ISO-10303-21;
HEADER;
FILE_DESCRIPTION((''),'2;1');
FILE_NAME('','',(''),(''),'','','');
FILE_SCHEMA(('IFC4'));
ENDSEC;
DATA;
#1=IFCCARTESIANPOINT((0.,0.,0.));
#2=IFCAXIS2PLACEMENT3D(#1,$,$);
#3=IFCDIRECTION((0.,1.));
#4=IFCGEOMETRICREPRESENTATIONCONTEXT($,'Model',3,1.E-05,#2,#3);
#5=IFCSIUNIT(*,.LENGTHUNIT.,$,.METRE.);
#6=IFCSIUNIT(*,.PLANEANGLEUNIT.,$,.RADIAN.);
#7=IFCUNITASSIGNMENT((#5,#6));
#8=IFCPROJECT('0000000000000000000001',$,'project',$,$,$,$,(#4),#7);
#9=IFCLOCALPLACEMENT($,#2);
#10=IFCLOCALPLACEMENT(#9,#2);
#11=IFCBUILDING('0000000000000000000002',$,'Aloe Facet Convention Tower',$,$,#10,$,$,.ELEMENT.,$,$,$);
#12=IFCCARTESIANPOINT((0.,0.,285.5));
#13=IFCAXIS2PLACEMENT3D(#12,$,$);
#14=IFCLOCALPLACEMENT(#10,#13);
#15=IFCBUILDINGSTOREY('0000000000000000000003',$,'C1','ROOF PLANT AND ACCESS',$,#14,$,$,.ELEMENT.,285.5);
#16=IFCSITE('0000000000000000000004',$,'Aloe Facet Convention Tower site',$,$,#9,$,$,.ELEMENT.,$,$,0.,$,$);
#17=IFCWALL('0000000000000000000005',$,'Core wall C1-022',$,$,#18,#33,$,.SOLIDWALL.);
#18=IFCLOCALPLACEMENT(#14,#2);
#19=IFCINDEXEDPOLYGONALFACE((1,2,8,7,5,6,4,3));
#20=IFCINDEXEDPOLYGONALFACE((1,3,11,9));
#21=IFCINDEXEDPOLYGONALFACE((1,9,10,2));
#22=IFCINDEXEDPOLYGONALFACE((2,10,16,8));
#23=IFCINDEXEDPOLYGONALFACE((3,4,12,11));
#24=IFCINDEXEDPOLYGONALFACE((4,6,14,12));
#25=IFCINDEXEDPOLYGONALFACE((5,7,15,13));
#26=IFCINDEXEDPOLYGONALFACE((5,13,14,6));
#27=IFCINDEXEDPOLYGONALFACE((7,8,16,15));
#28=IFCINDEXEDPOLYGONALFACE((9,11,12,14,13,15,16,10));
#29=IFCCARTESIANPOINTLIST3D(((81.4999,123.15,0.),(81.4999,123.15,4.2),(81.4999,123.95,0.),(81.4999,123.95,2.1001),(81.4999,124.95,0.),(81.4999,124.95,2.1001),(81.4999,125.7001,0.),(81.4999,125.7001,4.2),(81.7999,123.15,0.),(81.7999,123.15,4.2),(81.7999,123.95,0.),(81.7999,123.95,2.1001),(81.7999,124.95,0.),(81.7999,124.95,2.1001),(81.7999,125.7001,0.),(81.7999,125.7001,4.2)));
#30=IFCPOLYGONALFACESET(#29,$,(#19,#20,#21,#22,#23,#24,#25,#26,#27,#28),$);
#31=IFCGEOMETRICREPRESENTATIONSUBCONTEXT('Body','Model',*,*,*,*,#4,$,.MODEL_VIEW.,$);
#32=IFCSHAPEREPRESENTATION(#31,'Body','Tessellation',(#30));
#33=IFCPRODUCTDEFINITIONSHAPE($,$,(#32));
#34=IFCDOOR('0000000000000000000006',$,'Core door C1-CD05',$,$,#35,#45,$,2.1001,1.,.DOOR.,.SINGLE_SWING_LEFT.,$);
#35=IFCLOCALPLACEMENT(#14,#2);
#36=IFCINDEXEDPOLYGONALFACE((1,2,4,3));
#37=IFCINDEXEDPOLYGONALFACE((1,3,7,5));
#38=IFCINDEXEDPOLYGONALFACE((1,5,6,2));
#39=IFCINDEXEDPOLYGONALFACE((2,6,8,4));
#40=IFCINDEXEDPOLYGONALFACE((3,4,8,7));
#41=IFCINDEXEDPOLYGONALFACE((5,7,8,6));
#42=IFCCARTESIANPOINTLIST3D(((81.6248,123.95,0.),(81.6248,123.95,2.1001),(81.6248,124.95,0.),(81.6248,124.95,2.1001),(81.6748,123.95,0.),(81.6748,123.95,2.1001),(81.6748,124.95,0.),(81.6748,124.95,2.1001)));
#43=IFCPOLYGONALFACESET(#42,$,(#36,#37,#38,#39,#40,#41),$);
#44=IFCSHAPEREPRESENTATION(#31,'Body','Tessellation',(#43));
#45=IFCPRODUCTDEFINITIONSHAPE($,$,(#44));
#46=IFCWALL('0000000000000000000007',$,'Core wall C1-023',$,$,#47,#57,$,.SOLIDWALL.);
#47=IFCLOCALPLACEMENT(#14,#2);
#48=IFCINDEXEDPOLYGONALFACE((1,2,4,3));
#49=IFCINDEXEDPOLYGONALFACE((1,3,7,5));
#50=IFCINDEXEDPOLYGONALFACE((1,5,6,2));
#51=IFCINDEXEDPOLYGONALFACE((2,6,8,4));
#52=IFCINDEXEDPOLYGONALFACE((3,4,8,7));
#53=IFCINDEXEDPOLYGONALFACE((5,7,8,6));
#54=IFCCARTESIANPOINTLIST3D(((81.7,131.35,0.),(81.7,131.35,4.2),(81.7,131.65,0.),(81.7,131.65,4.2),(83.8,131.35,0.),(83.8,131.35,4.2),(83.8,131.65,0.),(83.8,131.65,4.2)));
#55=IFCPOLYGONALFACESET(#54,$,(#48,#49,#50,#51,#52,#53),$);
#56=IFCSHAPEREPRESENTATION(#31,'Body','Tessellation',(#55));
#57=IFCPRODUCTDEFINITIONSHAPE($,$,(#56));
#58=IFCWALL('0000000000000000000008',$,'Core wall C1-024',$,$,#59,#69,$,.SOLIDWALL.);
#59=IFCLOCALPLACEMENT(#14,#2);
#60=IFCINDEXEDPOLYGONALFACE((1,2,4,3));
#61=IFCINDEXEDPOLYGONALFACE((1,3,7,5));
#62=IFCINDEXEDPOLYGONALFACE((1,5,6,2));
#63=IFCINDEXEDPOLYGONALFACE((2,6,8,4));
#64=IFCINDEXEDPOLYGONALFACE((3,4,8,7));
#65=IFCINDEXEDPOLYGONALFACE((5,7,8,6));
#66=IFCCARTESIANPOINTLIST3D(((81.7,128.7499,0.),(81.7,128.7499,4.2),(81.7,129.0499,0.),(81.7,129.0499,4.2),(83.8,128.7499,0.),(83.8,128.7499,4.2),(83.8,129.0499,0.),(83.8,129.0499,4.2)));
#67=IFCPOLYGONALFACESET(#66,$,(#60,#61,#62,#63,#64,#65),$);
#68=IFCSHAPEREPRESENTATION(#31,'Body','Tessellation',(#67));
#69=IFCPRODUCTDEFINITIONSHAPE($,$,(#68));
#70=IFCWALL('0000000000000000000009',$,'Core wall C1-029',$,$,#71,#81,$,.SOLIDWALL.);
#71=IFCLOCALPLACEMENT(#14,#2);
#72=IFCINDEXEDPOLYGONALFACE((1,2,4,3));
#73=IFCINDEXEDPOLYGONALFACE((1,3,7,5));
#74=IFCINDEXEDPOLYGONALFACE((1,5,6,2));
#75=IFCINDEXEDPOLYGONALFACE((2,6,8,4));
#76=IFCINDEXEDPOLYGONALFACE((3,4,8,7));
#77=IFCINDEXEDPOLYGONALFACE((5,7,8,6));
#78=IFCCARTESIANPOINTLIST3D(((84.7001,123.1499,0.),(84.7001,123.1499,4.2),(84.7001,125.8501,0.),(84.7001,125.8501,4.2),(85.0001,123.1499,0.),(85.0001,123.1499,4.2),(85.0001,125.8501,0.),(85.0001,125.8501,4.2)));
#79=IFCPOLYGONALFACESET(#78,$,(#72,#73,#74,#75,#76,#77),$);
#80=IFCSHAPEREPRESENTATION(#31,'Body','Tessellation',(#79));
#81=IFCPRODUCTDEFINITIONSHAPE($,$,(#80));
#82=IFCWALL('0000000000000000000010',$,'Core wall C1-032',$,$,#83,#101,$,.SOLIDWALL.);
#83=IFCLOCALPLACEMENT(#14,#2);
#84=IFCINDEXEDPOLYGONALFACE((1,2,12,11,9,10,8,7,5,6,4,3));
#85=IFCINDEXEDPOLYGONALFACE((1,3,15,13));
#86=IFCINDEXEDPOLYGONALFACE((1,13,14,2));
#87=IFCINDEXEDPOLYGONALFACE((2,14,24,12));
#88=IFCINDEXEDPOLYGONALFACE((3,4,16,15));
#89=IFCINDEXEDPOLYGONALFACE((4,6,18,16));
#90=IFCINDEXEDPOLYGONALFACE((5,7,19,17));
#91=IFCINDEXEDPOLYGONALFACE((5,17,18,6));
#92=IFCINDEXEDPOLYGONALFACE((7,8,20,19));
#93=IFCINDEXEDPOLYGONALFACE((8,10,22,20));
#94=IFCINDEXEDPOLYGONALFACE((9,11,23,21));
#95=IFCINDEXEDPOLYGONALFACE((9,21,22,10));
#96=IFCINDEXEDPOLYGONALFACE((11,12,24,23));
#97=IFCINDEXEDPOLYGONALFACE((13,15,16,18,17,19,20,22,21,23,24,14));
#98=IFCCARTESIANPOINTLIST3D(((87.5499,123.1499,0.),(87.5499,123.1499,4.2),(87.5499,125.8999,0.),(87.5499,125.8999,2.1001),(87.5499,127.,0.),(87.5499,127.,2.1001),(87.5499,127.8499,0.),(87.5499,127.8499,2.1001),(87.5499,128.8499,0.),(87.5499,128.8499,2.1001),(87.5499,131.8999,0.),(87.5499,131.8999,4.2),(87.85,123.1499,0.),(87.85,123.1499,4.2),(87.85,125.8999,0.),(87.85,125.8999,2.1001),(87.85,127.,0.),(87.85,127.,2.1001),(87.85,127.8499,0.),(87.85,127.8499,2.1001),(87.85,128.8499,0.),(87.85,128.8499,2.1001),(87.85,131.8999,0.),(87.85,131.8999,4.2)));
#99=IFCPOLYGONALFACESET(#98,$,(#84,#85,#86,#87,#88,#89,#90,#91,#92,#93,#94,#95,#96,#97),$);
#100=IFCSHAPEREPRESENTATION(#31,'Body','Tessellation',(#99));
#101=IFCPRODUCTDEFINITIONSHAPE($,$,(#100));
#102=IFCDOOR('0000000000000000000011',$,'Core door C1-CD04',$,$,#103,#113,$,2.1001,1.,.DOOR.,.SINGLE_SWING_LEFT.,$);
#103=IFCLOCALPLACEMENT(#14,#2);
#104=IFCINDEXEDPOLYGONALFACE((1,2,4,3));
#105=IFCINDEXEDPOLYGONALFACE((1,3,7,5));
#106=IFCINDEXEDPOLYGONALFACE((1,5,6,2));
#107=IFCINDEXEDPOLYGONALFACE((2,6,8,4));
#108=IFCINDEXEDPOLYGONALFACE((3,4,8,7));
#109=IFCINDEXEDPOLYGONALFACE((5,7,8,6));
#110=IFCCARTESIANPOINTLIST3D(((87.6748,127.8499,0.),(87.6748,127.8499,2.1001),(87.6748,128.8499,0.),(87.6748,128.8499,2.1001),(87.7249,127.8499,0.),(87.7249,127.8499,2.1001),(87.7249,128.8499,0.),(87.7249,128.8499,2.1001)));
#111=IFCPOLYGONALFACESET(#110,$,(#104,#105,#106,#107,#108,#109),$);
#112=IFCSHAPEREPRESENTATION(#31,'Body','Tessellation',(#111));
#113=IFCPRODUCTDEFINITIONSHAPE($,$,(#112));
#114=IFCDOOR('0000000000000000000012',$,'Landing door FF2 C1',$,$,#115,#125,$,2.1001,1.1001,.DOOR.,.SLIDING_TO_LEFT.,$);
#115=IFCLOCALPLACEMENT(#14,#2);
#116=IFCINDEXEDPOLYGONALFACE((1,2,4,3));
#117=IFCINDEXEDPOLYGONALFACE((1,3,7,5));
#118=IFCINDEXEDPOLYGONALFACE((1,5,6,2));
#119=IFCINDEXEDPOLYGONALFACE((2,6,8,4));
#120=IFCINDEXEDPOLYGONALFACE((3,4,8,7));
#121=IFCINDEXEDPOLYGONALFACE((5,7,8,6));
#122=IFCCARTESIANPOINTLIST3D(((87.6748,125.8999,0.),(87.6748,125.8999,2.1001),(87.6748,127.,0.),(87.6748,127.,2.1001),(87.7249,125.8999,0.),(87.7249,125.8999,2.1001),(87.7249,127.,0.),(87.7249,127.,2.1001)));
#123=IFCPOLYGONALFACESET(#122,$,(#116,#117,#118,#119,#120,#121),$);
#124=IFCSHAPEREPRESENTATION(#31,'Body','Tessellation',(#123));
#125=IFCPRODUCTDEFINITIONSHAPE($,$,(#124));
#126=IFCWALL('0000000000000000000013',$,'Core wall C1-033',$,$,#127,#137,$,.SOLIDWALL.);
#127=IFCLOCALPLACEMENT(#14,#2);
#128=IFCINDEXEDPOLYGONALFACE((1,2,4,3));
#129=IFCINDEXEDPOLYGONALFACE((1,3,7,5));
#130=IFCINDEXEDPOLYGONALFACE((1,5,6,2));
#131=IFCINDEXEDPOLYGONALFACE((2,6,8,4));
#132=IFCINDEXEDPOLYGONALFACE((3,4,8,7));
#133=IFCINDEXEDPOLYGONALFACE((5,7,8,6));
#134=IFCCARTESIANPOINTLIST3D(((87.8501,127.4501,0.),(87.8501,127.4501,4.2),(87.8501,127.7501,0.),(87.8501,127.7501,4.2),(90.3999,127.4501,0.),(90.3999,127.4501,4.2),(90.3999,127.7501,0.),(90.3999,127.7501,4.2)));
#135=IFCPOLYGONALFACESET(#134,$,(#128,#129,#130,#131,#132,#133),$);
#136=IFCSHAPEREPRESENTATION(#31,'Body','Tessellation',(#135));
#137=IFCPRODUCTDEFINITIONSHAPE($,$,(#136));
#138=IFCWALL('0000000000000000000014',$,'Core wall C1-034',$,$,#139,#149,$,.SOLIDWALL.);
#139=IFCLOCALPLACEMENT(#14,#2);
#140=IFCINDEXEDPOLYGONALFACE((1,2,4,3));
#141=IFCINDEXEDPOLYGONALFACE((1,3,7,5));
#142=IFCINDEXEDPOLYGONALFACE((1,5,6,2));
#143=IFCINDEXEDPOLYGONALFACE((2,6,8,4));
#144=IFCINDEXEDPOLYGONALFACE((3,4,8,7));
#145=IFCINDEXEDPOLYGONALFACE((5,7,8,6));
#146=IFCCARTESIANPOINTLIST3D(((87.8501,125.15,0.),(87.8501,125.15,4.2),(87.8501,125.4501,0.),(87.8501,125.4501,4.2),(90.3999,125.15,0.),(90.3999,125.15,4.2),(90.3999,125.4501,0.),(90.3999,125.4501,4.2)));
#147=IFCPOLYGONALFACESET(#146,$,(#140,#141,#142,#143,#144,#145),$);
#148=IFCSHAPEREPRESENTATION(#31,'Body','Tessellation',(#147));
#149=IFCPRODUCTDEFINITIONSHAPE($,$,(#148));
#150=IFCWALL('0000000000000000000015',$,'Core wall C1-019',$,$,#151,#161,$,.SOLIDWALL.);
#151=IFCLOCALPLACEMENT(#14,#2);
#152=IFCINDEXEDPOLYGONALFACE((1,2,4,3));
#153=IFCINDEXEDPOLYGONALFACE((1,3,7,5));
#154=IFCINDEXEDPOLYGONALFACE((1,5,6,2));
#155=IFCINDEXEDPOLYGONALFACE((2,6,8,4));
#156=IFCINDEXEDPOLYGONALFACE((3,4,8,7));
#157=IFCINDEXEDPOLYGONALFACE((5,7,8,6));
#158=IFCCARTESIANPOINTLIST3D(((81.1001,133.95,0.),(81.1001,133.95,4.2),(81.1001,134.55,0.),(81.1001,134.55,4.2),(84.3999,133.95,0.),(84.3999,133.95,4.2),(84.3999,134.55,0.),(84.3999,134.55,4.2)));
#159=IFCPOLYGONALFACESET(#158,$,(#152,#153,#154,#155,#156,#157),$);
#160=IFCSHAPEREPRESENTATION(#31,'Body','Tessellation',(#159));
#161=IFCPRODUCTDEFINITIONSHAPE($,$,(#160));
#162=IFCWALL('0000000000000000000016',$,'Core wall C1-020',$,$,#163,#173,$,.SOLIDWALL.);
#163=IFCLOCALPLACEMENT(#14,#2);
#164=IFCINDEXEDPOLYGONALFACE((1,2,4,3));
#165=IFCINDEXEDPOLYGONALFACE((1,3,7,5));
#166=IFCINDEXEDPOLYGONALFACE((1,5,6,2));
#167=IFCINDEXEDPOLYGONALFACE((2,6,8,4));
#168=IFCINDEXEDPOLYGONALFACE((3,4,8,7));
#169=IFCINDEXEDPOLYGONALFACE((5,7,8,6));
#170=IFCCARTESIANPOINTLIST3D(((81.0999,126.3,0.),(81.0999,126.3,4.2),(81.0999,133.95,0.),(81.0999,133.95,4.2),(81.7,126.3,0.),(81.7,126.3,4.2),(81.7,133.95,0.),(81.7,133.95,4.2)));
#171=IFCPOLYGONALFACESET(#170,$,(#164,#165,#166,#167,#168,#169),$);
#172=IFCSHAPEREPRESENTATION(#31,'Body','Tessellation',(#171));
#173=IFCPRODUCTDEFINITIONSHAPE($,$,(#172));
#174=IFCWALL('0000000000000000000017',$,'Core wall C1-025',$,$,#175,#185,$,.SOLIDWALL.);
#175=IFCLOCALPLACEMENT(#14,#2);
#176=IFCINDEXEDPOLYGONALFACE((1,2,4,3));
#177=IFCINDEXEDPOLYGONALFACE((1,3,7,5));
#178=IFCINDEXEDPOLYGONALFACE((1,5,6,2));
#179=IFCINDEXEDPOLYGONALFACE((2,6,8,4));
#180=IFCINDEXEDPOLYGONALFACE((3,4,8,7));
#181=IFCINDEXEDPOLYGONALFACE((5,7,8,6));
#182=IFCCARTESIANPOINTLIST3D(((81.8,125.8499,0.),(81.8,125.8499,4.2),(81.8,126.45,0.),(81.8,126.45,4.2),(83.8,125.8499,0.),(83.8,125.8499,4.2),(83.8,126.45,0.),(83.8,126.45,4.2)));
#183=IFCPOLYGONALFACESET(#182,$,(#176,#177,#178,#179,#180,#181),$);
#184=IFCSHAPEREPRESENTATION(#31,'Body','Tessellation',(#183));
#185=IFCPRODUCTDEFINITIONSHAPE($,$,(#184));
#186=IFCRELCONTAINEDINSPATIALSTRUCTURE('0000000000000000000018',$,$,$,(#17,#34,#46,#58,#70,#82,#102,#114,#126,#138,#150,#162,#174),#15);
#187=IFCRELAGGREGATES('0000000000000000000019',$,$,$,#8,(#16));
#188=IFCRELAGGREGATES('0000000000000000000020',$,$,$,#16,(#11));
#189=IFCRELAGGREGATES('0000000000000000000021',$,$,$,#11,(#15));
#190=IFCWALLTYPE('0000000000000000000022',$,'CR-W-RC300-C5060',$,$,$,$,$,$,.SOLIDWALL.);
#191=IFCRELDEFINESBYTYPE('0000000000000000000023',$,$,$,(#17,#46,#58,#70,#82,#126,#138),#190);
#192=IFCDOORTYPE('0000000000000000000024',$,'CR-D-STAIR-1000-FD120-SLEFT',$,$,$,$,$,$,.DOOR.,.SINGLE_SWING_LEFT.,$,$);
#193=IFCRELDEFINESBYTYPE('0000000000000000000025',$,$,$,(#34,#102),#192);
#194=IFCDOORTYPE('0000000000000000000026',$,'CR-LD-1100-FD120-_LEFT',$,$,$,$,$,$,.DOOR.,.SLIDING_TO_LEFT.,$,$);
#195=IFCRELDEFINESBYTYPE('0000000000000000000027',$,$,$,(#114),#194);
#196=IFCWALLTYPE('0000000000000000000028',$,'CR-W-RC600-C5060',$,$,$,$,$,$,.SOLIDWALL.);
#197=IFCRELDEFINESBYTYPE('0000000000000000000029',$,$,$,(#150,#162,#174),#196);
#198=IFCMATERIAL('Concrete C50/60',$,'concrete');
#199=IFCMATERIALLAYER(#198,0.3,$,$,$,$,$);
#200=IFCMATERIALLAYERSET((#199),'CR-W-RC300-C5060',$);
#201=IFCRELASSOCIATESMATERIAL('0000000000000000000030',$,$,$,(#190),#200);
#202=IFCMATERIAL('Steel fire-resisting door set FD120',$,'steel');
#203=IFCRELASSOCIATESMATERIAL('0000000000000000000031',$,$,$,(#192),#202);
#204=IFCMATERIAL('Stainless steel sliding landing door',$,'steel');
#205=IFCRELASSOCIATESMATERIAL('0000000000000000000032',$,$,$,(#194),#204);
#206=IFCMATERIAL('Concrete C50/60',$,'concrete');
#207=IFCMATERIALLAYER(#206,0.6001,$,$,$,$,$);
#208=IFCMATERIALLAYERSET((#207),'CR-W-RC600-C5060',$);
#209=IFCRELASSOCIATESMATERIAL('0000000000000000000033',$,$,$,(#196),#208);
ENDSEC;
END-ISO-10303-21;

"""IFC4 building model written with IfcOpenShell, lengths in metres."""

from ifc_helpers import new_model, si_unit, direction, frame, frame_2d, origin, place, context, subcontext, project, spatial, rectangle, extrude, material, layer, layer_set, type_object, element, fill, save


model = new_model("IFC4")

# Units and contexts
model_context = context("Model", 3, precision=1e-05, world=origin(), true_north=direction((0.0, 1.0)))
body_context = subcontext(model_context, "Body", "Model", "MODEL_VIEW")
ifc_project = project(units=[si_unit("LENGTHUNIT", "METRE"), si_unit("PLANEANGLEUNIT", "RADIAN")], contexts=[model_context])

# Site, building, storey
site_placement = place(None, origin())
site = spatial("IfcSite", under=ifc_project, at=site_placement, Name="Aloe Facet Convention Tower site", CompositionType="ELEMENT", RefElevation=0.0)
building_placement = place(site_placement, origin())
building = spatial("IfcBuilding", under=site, at=building_placement, Name="Aloe Facet Convention Tower", CompositionType="ELEMENT")
storey_placement = place(building_placement, frame((0.0, 0.0, 285.5)))
storey = spatial("IfcBuildingStorey", under=building, at=storey_placement, Name="C1", Description="ROOF PLANT AND ACCESS", CompositionType="ELEMENT", Elevation=285.5)

# Wall, opening, door
ifc_material_1 = material(Name="Concrete C50/60", Category="concrete")
ifc_layer_1 = layer(ifc_material_1, 0.3)
ifc_layer_set_1 = layer_set([ifc_layer_1], Name="CR-W-RC300-C5060")
wall_type_1 = type_object("IfcWallType", Name="CR-W-RC300-C5060", PredefinedType="SOLIDWALL", material=ifc_layer_set_1)
wall_1_placement = place(storey_placement, frame((81.6499, 125.7, 0.0), z_axis=(0.0, 0.0, 1.0), x_axis=(0.0, -1.0, 0.0)))
wall_1 = element("IfcWall", 1, at=wall_1_placement, inside=storey, type_object=wall_type_1, Name="Core wall C1-022", PredefinedType="SOLIDWALL", context=body_context, shape_type="SweptSolid", body=[
    extrude(rectangle(XDim=2.55, YDim=0.3, at=frame_2d((1.2749, 0.0))), origin(), (0.0, 0.0, 1.0), 4.2),
])
opening_1_placement = place(wall_1_placement, frame((0.75, 0.0, 0.0)))
opening_1 = element("IfcOpeningElement", 2, at=opening_1_placement, cuts=wall_1, PredefinedType="OPENING", context=body_context, shape_type="SweptSolid", body=[
    extrude(rectangle(XDim=1.0, YDim=2.1001, at=frame_2d((0.5, 1.05))), frame((0.0, 0.1602, 0.0), z_axis=(0.0, -1.0, 0.0), x_axis=(1.0, 0.0, 0.0)), (0.0, 0.0, 1.0), 0.3201),
])
ifc_material_2 = material(Name="Steel fire-resisting door set FD120", Category="steel")
door_type_1 = type_object("IfcDoorType", Name="CR-D-STAIR-1000-FD120-SLEFT", OperationType="SINGLE_SWING_LEFT", PredefinedType="DOOR", material=ifc_material_2)
door_1_placement = place(opening_1_placement, origin())
door_1 = element("IfcDoor", 3, at=door_1_placement, inside=storey, type_object=door_type_1, Name="Core door C1-CD05", OperationType="SINGLE_SWING_LEFT", OverallHeight=2.1001, OverallWidth=1.0, PredefinedType="DOOR", context=body_context, shape_type="SweptSolid", body=[
    extrude(rectangle(XDim=1.0, YDim=2.1001, at=frame_2d((0.5, 1.05))), frame((0.0, 0.0249, 0.0), z_axis=(0.0, -1.0, 0.0), x_axis=(1.0, 0.0, 0.0)), (0.0, 0.0, 1.0), 0.05),
])
fill(opening_1, door_1)

# Walls
for number, where, z_axis, x_axis, name in (
    (4, (81.7, 131.5, 0.0), (0.0, 0.0, 1.0), (1.0, 0.0, 0.0), "Core wall C1-023"),
    (5, (81.7, 128.8999, 0.0), (0.0, 0.0, 1.0), (1.0, 0.0, 0.0), "Core wall C1-024"),
):
    element("IfcWall", number, at=place(storey_placement, frame(where, z_axis=z_axis, x_axis=x_axis)), inside=storey, type_object=wall_type_1, Name=name, PredefinedType="SOLIDWALL", context=body_context, shape_type="SweptSolid", body=[
        extrude(rectangle(XDim=2.1001, YDim=0.3, at=frame_2d((1.05, 0.0))), origin(), (0.0, 0.0, 1.0), 4.2),
    ])
wall_2_placement = place(storey_placement, frame((84.8501, 125.8501, 0.0), z_axis=(0.0, 0.0, 1.0), x_axis=(0.0, -1.0, 0.0)))
element("IfcWall", 6, at=wall_2_placement, inside=storey, type_object=wall_type_1, Name="Core wall C1-029", PredefinedType="SOLIDWALL", context=body_context, shape_type="SweptSolid", body=[
    extrude(rectangle(XDim=2.7002, YDim=0.3, at=frame_2d((1.3501, 0.0))), origin(), (0.0, 0.0, 1.0), 4.2),
])

# Wall, openings, doors
wall_3_placement = place(storey_placement, frame((87.7, 131.8999, 0.0), z_axis=(0.0, 0.0, 1.0), x_axis=(0.0, -1.0, 0.0)))
wall_3 = element("IfcWall", 7, at=wall_3_placement, inside=storey, type_object=wall_type_1, Name="Core wall C1-032", PredefinedType="SOLIDWALL", context=body_context, shape_type="SweptSolid", body=[
    extrude(rectangle(XDim=8.75, YDim=0.3, at=frame_2d((4.375, 0.0))), origin(), (0.0, 0.0, 1.0), 4.2),
])
opening_2_placement = place(wall_3_placement, frame((4.8999, 0.0, 0.0)))
opening_2 = element("IfcOpeningElement", 8, at=opening_2_placement, cuts=wall_3, PredefinedType="OPENING", context=body_context, shape_type="SweptSolid", body=[
    extrude(rectangle(XDim=1.1001, YDim=2.1001, at=frame_2d((0.55, 1.05))), frame((0.0, 0.1602, 0.0), z_axis=(0.0, -1.0, 0.0), x_axis=(1.0, 0.0, 0.0)), (0.0, 0.0, 1.0), 0.3201),
])
opening_3_placement = place(wall_3_placement, frame((3.05, 0.0, 0.0)))
opening_3 = element("IfcOpeningElement", 9, at=opening_3_placement, cuts=wall_3, PredefinedType="OPENING", context=body_context, shape_type="SweptSolid", body=[
    extrude(rectangle(XDim=1.0, YDim=2.1001, at=frame_2d((0.5, 1.05))), frame((0.0, 0.1602, 0.0), z_axis=(0.0, -1.0, 0.0), x_axis=(1.0, 0.0, 0.0)), (0.0, 0.0, 1.0), 0.3201),
])
door_2_placement = place(opening_3_placement, origin())
door_2 = element("IfcDoor", 10, at=door_2_placement, inside=storey, type_object=door_type_1, Name="Core door C1-CD04", OperationType="SINGLE_SWING_LEFT", OverallHeight=2.1001, OverallWidth=1.0, PredefinedType="DOOR", context=body_context, shape_type="SweptSolid", body=[
    extrude(rectangle(XDim=1.0, YDim=2.1001, at=frame_2d((0.5, 1.05))), frame((0.0, 0.0249, 0.0), z_axis=(0.0, -1.0, 0.0), x_axis=(1.0, 0.0, 0.0)), (0.0, 0.0, 1.0), 0.05),
])
fill(opening_3, door_2)
ifc_material_3 = material(Name="Stainless steel sliding landing door", Category="steel")
door_type_2 = type_object("IfcDoorType", Name="CR-LD-1100-FD120-_LEFT", OperationType="SLIDING_TO_LEFT", PredefinedType="DOOR", material=ifc_material_3)
door_3_placement = place(opening_2_placement, origin())
door_3 = element("IfcDoor", 11, at=door_3_placement, inside=storey, type_object=door_type_2, Name="Landing door FF2 C1", OperationType="SLIDING_TO_LEFT", OverallHeight=2.1001, OverallWidth=1.1001, PredefinedType="DOOR", context=body_context, shape_type="SweptSolid", body=[
    extrude(rectangle(XDim=1.1001, YDim=2.1001, at=frame_2d((0.55, 1.05))), frame((0.0, 0.0249, 0.0), z_axis=(0.0, -1.0, 0.0), x_axis=(1.0, 0.0, 0.0)), (0.0, 0.0, 1.0), 0.05),
])
fill(opening_2, door_3)

# Walls
for number, where, z_axis, x_axis, name in (
    (12, (87.8501, 127.6001, 0.0), (0.0, 0.0, 1.0), (1.0, 0.0, 0.0), "Core wall C1-033"),
    (13, (87.8501, 125.3, 0.0), (0.0, 0.0, 1.0), (1.0, 0.0, 0.0), "Core wall C1-034"),
):
    element("IfcWall", number, at=place(storey_placement, frame(where, z_axis=z_axis, x_axis=x_axis)), inside=storey, type_object=wall_type_1, Name=name, PredefinedType="SOLIDWALL", context=body_context, shape_type="SweptSolid", body=[
        extrude(rectangle(XDim=2.5498, YDim=0.3, at=frame_2d((1.2749, 0.0))), origin(), (0.0, 0.0, 1.0), 4.2),
    ])
ifc_material_4 = material(Name="Concrete C50/60", Category="concrete")
ifc_layer_2 = layer(ifc_material_4, 0.6001)
ifc_layer_set_2 = layer_set([ifc_layer_2], Name="CR-W-RC600-C5060")
wall_type_2 = type_object("IfcWallType", Name="CR-W-RC600-C5060", PredefinedType="SOLIDWALL", material=ifc_layer_set_2)
wall_4_placement = place(storey_placement, frame((81.1001, 134.25, 0.0), z_axis=(0.0, 0.0, 1.0), x_axis=(1.0, 0.0, 0.0)))
element("IfcWall", 14, at=wall_4_placement, inside=storey, type_object=wall_type_2, Name="Core wall C1-019", PredefinedType="SOLIDWALL", context=body_context, shape_type="SweptSolid", body=[
    extrude(rectangle(XDim=3.2998, YDim=0.6001, at=frame_2d((1.6499, 0.0))), origin(), (0.0, 0.0, 1.0), 4.2),
])
wall_5_placement = place(storey_placement, frame((81.3999, 133.95, 0.0), z_axis=(0.0, 0.0, 1.0), x_axis=(0.0, -1.0, 0.0)))
element("IfcWall", 15, at=wall_5_placement, inside=storey, type_object=wall_type_2, Name="Core wall C1-020", PredefinedType="SOLIDWALL", context=body_context, shape_type="SweptSolid", body=[
    extrude(rectangle(XDim=7.6499, YDim=0.6001, at=frame_2d((3.825, 0.0))), origin(), (0.0, 0.0, 1.0), 4.2),
])
wall_6_placement = place(storey_placement, frame((81.8, 126.1499, 0.0), z_axis=(0.0, 0.0, 1.0), x_axis=(1.0, 0.0, 0.0)))
element("IfcWall", 16, at=wall_6_placement, inside=storey, type_object=wall_type_2, Name="Core wall C1-025", PredefinedType="SOLIDWALL", context=body_context, shape_type="SweptSolid", body=[
    extrude(rectangle(XDim=2.0, YDim=0.6001, at=frame_2d((1.0, 0.0))), origin(), (0.0, 0.0, 1.0), 4.2),
])

save(model, "model.ifc")
